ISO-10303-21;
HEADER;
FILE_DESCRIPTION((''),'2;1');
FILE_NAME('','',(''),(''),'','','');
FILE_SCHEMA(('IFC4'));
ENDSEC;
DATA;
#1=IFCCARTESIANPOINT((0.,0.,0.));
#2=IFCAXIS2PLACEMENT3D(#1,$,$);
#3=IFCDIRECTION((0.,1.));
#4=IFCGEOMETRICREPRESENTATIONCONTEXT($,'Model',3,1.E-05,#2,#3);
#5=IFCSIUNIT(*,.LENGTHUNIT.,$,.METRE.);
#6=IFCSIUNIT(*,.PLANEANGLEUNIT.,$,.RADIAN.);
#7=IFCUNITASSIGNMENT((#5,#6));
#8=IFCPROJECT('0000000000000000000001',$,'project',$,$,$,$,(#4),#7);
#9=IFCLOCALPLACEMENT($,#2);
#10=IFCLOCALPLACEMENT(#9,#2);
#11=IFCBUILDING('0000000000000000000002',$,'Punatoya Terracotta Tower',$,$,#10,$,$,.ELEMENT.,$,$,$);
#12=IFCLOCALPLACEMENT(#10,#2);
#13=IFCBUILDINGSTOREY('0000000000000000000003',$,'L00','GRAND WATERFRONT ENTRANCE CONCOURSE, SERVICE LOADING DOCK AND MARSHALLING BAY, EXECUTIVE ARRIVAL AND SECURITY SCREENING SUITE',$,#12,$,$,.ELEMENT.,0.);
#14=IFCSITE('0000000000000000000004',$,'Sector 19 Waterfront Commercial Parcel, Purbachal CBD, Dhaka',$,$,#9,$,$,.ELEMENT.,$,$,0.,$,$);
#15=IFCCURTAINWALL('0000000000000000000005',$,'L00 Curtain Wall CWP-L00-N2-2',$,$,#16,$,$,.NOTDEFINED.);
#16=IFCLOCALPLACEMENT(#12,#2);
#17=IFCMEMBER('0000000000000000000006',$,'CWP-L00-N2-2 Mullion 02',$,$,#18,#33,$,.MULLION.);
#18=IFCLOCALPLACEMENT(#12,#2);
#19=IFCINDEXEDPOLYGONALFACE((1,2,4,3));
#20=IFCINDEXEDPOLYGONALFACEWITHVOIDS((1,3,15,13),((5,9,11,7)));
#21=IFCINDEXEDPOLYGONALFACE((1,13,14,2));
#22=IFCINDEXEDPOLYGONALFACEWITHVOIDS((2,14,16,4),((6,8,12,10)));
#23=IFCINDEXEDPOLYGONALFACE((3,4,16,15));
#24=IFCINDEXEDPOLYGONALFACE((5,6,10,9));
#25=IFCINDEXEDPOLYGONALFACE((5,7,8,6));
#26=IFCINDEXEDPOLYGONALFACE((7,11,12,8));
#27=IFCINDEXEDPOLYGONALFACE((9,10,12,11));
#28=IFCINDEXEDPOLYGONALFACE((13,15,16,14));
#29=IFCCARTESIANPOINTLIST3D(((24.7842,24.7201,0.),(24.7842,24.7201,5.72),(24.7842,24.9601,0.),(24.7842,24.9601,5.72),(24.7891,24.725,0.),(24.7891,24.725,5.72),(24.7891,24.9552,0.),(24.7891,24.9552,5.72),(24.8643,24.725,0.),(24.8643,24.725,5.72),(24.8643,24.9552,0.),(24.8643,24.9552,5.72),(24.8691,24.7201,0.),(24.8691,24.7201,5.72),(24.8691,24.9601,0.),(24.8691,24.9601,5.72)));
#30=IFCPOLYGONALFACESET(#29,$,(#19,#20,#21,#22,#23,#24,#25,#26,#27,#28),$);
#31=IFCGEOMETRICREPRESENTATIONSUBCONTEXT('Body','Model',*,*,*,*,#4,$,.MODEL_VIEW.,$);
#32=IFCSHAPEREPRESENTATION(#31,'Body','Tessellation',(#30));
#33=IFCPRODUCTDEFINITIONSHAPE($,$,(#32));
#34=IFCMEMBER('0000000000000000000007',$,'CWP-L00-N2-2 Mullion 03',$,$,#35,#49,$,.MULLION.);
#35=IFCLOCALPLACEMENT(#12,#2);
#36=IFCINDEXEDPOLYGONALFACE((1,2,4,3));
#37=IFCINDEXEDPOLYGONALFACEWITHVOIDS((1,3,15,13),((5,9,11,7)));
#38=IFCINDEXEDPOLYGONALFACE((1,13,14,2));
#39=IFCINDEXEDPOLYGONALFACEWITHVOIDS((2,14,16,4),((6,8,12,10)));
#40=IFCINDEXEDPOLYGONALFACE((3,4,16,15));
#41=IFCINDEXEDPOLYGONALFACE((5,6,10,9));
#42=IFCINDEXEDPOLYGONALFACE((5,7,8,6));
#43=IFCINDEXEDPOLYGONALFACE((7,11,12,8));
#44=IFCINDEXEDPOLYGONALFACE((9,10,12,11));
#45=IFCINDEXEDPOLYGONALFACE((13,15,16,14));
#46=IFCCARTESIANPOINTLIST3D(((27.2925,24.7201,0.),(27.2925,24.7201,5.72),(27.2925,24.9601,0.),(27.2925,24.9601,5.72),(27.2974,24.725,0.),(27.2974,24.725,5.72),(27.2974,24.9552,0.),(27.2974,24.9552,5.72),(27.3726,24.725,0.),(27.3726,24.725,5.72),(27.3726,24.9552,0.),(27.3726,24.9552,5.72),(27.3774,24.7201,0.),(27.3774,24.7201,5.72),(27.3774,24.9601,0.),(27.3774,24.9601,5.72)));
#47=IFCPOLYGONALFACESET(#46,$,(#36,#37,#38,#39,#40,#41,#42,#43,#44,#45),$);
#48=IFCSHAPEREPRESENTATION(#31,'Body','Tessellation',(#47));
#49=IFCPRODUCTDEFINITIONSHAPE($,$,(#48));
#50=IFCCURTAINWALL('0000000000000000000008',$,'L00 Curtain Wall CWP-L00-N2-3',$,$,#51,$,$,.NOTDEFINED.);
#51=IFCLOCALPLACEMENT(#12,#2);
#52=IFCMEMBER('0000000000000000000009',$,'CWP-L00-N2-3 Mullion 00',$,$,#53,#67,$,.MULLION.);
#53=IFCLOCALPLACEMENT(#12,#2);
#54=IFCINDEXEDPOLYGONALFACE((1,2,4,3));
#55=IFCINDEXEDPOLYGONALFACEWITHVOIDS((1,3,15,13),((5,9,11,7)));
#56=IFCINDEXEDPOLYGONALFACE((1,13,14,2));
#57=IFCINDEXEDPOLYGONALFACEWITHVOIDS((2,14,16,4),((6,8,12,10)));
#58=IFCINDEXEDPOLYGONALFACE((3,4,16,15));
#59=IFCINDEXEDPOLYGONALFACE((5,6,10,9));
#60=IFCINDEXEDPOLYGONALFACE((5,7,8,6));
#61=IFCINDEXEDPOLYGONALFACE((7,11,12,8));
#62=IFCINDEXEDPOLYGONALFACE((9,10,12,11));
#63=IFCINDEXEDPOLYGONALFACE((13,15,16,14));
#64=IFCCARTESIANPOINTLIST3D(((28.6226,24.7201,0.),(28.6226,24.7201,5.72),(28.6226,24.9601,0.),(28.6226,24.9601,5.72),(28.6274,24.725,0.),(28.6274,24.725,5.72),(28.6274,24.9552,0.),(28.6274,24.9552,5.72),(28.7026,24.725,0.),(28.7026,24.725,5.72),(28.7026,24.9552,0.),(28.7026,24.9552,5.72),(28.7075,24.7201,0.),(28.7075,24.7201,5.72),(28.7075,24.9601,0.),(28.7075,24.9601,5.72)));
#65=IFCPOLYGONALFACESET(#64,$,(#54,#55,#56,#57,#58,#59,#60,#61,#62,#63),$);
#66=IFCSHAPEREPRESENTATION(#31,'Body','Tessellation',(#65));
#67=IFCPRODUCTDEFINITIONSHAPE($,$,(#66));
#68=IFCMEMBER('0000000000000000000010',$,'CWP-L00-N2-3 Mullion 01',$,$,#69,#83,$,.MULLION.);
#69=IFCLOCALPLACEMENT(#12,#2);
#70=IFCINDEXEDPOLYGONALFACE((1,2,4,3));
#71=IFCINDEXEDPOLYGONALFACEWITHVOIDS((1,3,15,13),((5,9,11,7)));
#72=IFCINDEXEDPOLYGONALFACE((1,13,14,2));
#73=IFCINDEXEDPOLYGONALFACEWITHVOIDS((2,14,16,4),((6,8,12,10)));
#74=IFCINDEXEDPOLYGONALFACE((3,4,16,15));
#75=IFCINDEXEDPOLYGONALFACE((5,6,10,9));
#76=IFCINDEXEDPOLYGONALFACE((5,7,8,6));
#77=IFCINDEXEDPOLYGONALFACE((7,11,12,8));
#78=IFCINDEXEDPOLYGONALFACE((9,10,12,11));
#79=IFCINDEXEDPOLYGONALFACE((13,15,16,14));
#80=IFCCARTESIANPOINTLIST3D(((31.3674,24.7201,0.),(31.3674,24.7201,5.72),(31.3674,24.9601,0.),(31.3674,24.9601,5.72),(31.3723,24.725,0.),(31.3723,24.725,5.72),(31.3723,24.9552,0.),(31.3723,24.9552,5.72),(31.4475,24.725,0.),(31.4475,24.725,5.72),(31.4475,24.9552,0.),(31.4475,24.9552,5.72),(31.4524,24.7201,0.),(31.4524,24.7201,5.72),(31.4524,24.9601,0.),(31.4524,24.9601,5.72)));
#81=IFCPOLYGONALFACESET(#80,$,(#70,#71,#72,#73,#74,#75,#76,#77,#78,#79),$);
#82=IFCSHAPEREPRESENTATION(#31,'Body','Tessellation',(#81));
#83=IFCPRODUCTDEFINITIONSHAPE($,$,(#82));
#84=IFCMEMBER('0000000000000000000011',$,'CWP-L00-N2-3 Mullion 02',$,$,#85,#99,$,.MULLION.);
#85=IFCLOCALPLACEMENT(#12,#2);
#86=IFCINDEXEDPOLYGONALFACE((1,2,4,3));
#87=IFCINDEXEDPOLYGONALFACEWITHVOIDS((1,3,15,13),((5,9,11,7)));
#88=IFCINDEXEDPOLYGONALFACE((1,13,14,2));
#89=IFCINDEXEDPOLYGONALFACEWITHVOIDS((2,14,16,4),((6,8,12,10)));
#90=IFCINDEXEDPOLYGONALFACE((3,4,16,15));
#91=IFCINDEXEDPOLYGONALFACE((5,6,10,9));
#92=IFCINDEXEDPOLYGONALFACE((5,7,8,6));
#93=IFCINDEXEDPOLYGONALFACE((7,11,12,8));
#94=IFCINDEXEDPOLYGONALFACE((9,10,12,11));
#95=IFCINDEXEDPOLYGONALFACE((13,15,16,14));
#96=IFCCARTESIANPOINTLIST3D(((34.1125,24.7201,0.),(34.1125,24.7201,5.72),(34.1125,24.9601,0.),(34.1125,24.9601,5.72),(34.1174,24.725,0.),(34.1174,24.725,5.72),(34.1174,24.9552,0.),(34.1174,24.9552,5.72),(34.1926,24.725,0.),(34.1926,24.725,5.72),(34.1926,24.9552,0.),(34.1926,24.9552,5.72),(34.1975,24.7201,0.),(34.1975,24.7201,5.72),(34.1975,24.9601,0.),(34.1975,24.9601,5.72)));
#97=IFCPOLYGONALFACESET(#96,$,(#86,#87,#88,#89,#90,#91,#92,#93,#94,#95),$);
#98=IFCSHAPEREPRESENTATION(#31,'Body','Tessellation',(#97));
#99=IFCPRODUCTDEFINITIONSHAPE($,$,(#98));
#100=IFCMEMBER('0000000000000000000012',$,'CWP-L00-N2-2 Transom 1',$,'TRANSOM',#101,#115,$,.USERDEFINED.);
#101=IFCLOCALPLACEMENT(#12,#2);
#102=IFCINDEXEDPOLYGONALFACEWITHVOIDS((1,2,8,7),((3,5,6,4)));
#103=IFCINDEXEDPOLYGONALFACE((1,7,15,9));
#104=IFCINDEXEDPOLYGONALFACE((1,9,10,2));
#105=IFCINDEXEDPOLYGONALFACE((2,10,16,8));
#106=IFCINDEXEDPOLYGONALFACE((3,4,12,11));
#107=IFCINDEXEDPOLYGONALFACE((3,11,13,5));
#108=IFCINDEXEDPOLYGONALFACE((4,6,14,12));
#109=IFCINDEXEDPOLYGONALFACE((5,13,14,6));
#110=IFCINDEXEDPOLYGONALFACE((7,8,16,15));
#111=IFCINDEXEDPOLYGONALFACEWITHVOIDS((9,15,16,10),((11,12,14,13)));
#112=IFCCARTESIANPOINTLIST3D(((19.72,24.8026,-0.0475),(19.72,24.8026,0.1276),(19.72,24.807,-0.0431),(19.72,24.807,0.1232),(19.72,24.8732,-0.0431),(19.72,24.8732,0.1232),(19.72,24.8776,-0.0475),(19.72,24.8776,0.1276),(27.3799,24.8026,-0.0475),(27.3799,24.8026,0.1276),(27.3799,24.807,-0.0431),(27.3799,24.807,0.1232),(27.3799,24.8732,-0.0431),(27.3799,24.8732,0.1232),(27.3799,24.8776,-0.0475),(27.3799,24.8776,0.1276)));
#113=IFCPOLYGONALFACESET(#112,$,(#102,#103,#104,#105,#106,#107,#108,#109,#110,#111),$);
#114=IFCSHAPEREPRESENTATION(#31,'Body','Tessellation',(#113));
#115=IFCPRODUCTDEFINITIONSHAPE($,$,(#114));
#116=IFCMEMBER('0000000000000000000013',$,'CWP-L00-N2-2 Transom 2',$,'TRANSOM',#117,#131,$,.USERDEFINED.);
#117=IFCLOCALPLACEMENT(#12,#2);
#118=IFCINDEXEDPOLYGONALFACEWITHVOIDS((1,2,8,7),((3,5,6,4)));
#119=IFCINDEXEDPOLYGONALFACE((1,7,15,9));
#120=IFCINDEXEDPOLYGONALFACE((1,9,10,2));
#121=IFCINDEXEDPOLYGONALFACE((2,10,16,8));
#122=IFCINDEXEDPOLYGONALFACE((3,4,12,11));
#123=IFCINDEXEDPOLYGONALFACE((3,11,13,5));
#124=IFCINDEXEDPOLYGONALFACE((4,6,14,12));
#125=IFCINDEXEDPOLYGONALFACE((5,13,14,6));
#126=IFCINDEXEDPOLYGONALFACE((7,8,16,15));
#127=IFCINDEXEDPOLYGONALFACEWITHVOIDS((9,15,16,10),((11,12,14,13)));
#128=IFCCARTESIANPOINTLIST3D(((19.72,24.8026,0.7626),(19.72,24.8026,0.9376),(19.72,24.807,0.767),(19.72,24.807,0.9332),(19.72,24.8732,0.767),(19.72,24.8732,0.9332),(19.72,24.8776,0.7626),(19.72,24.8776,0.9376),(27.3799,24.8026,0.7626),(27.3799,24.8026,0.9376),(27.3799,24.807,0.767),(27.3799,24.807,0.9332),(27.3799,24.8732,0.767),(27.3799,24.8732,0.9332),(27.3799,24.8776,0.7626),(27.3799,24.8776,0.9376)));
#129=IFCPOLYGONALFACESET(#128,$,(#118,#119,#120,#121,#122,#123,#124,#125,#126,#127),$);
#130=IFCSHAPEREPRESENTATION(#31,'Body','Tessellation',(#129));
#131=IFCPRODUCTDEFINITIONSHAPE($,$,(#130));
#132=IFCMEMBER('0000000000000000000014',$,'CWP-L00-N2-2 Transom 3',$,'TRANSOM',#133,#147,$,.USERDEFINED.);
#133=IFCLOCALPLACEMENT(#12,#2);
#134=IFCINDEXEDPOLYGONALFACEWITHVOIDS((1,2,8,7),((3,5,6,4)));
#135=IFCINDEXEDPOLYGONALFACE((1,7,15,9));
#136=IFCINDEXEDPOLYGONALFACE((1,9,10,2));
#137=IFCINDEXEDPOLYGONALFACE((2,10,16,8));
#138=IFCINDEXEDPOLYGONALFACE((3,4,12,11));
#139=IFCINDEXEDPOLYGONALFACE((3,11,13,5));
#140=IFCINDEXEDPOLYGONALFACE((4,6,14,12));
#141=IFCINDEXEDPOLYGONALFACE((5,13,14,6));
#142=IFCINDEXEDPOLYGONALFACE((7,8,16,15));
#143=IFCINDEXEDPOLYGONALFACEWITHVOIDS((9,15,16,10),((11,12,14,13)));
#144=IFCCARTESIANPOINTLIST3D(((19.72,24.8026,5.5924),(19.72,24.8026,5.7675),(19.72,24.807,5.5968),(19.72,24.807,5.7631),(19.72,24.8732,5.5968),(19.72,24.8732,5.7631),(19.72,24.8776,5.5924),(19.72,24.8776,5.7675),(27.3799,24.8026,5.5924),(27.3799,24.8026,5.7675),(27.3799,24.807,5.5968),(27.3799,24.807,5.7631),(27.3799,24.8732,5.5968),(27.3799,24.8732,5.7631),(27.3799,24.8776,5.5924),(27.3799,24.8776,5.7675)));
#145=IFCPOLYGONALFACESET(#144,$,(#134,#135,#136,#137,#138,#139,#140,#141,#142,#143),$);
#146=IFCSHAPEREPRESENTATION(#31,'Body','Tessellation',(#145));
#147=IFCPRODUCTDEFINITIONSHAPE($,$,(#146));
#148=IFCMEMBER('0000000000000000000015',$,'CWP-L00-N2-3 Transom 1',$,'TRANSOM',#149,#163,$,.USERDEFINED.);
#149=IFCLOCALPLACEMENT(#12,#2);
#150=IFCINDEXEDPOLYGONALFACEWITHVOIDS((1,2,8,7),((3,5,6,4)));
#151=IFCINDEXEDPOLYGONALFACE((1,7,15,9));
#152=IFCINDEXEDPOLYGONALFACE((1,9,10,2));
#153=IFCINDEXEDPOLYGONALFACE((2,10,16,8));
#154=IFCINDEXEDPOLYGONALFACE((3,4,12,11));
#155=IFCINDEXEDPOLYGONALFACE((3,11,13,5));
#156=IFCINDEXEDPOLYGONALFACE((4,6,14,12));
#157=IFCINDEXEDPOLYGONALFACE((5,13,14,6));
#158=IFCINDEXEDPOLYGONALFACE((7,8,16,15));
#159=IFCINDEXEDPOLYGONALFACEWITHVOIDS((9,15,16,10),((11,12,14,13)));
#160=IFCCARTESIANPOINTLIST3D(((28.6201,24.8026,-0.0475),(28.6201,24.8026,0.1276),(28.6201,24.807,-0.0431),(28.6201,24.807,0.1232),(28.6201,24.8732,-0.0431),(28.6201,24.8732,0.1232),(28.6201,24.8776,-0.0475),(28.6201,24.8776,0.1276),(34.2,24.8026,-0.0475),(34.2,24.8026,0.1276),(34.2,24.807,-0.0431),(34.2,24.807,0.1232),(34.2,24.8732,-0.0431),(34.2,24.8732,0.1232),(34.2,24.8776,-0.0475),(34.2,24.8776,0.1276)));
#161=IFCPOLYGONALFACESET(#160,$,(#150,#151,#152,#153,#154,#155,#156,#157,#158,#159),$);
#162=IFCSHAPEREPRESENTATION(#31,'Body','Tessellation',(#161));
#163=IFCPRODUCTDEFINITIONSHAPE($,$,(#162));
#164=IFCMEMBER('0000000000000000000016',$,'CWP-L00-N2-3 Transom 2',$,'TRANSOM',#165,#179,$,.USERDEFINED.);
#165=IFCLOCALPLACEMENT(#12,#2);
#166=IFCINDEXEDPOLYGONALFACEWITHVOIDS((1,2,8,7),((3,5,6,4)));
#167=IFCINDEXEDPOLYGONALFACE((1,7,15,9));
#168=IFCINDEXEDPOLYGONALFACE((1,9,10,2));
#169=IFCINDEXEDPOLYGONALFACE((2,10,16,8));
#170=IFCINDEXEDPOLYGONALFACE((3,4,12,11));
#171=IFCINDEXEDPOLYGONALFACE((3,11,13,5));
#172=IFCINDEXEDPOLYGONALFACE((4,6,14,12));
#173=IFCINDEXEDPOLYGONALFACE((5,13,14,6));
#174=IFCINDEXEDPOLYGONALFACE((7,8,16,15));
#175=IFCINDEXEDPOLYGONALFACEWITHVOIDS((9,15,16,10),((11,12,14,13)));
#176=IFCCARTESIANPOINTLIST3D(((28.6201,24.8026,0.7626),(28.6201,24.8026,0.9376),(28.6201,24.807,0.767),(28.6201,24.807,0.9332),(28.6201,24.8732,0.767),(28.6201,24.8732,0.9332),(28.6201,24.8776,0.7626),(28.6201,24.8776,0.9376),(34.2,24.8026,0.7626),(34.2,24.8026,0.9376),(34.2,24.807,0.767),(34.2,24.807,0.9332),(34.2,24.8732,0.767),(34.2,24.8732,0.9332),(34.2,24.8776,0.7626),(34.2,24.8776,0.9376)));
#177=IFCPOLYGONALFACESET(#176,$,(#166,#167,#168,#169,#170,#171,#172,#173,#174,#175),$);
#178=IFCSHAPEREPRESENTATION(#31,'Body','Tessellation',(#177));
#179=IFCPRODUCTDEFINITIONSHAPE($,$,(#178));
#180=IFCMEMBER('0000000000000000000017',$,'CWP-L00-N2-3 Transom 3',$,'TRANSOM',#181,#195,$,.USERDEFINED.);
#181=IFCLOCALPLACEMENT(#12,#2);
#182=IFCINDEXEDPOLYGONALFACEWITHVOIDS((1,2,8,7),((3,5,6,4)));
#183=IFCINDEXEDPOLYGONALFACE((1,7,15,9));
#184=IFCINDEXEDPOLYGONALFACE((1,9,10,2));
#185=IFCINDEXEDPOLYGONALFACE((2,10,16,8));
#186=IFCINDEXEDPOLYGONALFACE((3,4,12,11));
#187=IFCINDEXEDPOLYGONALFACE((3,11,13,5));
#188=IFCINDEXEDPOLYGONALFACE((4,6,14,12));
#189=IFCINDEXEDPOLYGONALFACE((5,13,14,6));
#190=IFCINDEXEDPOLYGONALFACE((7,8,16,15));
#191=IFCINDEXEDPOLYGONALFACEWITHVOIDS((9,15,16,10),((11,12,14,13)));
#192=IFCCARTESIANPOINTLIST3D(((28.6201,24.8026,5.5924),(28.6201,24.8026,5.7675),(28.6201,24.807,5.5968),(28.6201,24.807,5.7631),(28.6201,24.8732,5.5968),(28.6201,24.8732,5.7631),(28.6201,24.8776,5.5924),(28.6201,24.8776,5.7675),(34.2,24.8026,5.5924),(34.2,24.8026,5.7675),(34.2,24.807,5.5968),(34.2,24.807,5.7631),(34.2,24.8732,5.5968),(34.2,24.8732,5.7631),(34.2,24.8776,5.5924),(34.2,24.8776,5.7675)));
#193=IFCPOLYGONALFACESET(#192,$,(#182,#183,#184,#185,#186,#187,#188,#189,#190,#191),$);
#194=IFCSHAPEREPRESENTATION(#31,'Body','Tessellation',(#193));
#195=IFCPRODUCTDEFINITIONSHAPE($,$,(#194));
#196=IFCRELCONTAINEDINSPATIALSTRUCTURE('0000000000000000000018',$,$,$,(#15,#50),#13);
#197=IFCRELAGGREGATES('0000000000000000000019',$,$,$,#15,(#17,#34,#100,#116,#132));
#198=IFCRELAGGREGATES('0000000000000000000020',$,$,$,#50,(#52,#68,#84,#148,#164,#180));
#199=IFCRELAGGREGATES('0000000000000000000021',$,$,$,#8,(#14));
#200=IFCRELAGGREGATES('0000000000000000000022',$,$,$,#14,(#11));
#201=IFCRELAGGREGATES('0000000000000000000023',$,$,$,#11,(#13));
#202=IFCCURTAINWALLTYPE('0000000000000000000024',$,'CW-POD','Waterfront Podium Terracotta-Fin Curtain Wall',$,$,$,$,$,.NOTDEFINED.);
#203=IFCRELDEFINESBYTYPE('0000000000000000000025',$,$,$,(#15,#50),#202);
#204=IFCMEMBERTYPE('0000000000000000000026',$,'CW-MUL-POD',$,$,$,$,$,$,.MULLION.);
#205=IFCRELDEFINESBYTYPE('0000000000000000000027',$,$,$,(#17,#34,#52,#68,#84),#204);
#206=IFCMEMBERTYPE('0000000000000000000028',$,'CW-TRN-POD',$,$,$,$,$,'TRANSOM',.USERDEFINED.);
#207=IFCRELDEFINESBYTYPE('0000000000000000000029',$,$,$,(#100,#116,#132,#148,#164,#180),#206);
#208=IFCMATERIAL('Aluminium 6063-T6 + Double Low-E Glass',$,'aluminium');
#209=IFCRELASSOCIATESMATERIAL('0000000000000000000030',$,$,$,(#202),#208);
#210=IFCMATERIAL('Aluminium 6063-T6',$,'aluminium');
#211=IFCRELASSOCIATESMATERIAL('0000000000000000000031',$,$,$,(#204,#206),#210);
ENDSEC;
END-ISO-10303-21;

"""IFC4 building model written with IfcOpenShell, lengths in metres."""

from ifc_helpers import new_model, si_unit, direction, frame, origin, origin_2d, place, context, subcontext, project, spatial, hollow_rectangle, extrude, material, material_profile, profile_set, type_object, element, aggregate, save


model = new_model("IFC4")

# Units and contexts
model_context = context("Model", 3, precision=1e-05, world=origin(), true_north=direction((0.0, 1.0)))
body_context = subcontext(model_context, "Body", "Model", "MODEL_VIEW")
ifc_project = project(units=[si_unit("LENGTHUNIT", "METRE"), si_unit("PLANEANGLEUNIT", "RADIAN")], contexts=[model_context])

# Site, building, storey
site_placement = place(None, origin())
site = spatial("IfcSite", under=ifc_project, at=site_placement, Name="Sector 19 Waterfront Commercial Parcel, Purbachal CBD, Dhaka", CompositionType="ELEMENT", RefElevation=0.0)
building_placement = place(site_placement, origin())
building = spatial("IfcBuilding", under=site, at=building_placement, Name="Punatoya Terracotta Tower", CompositionType="ELEMENT")
storey_placement = place(building_placement, origin())
storey = spatial("IfcBuildingStorey", under=building, at=storey_placement, Name="L00", Description="GRAND WATERFRONT ENTRANCE CONCOURSE, SERVICE LOADING DOCK AND MARSHALLING BAY, EXECUTIVE ARRIVAL AND SECURITY SCREENING SUITE", CompositionType="ELEMENT", Elevation=0.0)

# Curtain walls, members
ifc_material_1 = material(Name="Aluminium 6063-T6 + Double Low-E Glass", Category="aluminium")
curtain_wall_type = type_object("IfcCurtainWallType", Name="CW-POD", Description="Waterfront Podium Terracotta-Fin Curtain Wall", PredefinedType="NOTDEFINED", material=ifc_material_1)
curtain_wall_1_placement = place(storey_placement, origin())
curtain_wall_1 = element("IfcCurtainWall", 1, at=curtain_wall_1_placement, inside=storey, type_object=curtain_wall_type, Name="L00 Curtain Wall CWP-L00-N2-2", PredefinedType="NOTDEFINED")
ifc_material_2 = material(Name="Aluminium 6063-T6", Category="aluminium")
ifc_material_profile_1 = material_profile(ifc_material_2, hollow_rectangle(XDim=0.085, YDim=0.24, WallThickness=0.0049, at=origin_2d()))
ifc_profile_set_1 = profile_set([ifc_material_profile_1], Name="Aluminium 6063-T6")
member_type_1 = type_object("IfcMemberType", Name="CW-MUL-POD", PredefinedType="MULLION", material=ifc_profile_set_1)
member_1_placement = place(storey_placement, frame((24.8267, 24.8401, 0.0), z_axis=(0.0, 0.0, 1.0), x_axis=(1.0, 0.0, 0.0)))
member_1 = element("IfcMember", 2, at=member_1_placement, type_object=member_type_1, Name="CWP-L00-N2-2 Mullion 02", PredefinedType="MULLION", context=body_context, shape_type="SweptSolid", body=[
    extrude(hollow_rectangle(XDim=0.085, YDim=0.24, WallThickness=0.0049, at=origin_2d()), origin(), (0.0, 0.0, 1.0), 5.72),
])
member_2_placement = place(storey_placement, frame((27.335, 24.8401, 0.0), z_axis=(0.0, 0.0, 1.0), x_axis=(1.0, 0.0, 0.0)))
member_2 = element("IfcMember", 3, at=member_2_placement, type_object=member_type_1, Name="CWP-L00-N2-2 Mullion 03", PredefinedType="MULLION", context=body_context, shape_type="SweptSolid", body=[
    extrude(hollow_rectangle(XDim=0.085, YDim=0.24, WallThickness=0.0049, at=origin_2d()), origin(), (0.0, 0.0, 1.0), 5.72),
])
curtain_wall_2_placement = place(storey_placement, origin())
curtain_wall_2 = element("IfcCurtainWall", 4, at=curtain_wall_2_placement, inside=storey, type_object=curtain_wall_type, Name="L00 Curtain Wall CWP-L00-N2-3", PredefinedType="NOTDEFINED")
member_3_placement = place(storey_placement, frame((28.665, 24.8401, 0.0), z_axis=(0.0, 0.0, 1.0), x_axis=(1.0, 0.0, 0.0)))
member_3 = element("IfcMember", 5, at=member_3_placement, type_object=member_type_1, Name="CWP-L00-N2-3 Mullion 00", PredefinedType="MULLION", context=body_context, shape_type="SweptSolid", body=[
    extrude(hollow_rectangle(XDim=0.085, YDim=0.24, WallThickness=0.0049, at=origin_2d()), origin(), (0.0, 0.0, 1.0), 5.72),
])
member_4_placement = place(storey_placement, frame((31.4099, 24.8401, 0.0), z_axis=(0.0, 0.0, 1.0), x_axis=(1.0, 0.0, 0.0)))
member_4 = element("IfcMember", 6, at=member_4_placement, type_object=member_type_1, Name="CWP-L00-N2-3 Mullion 01", PredefinedType="MULLION", context=body_context, shape_type="SweptSolid", body=[
    extrude(hollow_rectangle(XDim=0.085, YDim=0.24, WallThickness=0.0049, at=origin_2d()), origin(), (0.0, 0.0, 1.0), 5.72),
])
member_5_placement = place(storey_placement, frame((34.155, 24.8401, 0.0), z_axis=(0.0, 0.0, 1.0), x_axis=(1.0, 0.0, 0.0)))
member_5 = element("IfcMember", 7, at=member_5_placement, type_object=member_type_1, Name="CWP-L00-N2-3 Mullion 02", PredefinedType="MULLION", context=body_context, shape_type="SweptSolid", body=[
    extrude(hollow_rectangle(XDim=0.085, YDim=0.24, WallThickness=0.0049, at=origin_2d()), origin(), (0.0, 0.0, 1.0), 5.72),
])

# Members
ifc_material_profile_2 = material_profile(ifc_material_2, hollow_rectangle(XDim=0.075, YDim=0.175, WallThickness=0.0044, at=origin_2d()))
ifc_profile_set_2 = profile_set([ifc_material_profile_2], Name="Aluminium 6063-T6")
member_type_2 = type_object("IfcMemberType", Name="CW-TRN-POD", ElementType="TRANSOM", PredefinedType="USERDEFINED", material=ifc_profile_set_2)
member_6_placement = place(storey_placement, frame((19.72, 24.8401, 0.04), z_axis=(1.0, 0.0, 0.0), x_axis=(0.0, 1.0, 0.0)))
member_6 = element("IfcMember", 8, at=member_6_placement, type_object=member_type_2, Name="CWP-L00-N2-2 Transom 1", ObjectType="TRANSOM", PredefinedType="USERDEFINED", context=body_context, shape_type="SweptSolid", body=[
    extrude(hollow_rectangle(XDim=0.075, YDim=0.175, WallThickness=0.0044, at=origin_2d()), origin(), (0.0, 0.0, 1.0), 7.6599),
])
member_7_placement = place(storey_placement, frame((19.72, 24.8401, 0.8501), z_axis=(1.0, 0.0, 0.0), x_axis=(0.0, 1.0, 0.0)))
member_7 = element("IfcMember", 9, at=member_7_placement, type_object=member_type_2, Name="CWP-L00-N2-2 Transom 2", ObjectType="TRANSOM", PredefinedType="USERDEFINED", context=body_context, shape_type="SweptSolid", body=[
    extrude(hollow_rectangle(XDim=0.075, YDim=0.175, WallThickness=0.0044, at=origin_2d()), origin(), (0.0, 0.0, 1.0), 7.6599),
])
member_8_placement = place(storey_placement, frame((19.72, 24.8401, 5.6799), z_axis=(1.0, 0.0, 0.0), x_axis=(0.0, 1.0, 0.0)))
member_8 = element("IfcMember", 10, at=member_8_placement, type_object=member_type_2, Name="CWP-L00-N2-2 Transom 3", ObjectType="TRANSOM", PredefinedType="USERDEFINED", context=body_context, shape_type="SweptSolid", body=[
    extrude(hollow_rectangle(XDim=0.075, YDim=0.175, WallThickness=0.0044, at=origin_2d()), origin(), (0.0, 0.0, 1.0), 7.6599),
])
member_9_placement = place(storey_placement, frame((28.6201, 24.8401, 0.04), z_axis=(1.0, 0.0, 0.0), x_axis=(0.0, 1.0, 0.0)))
member_9 = element("IfcMember", 11, at=member_9_placement, type_object=member_type_2, Name="CWP-L00-N2-3 Transom 1", ObjectType="TRANSOM", PredefinedType="USERDEFINED", context=body_context, shape_type="SweptSolid", body=[
    extrude(hollow_rectangle(XDim=0.075, YDim=0.175, WallThickness=0.0044, at=origin_2d()), origin(), (0.0, 0.0, 1.0), 5.5798),
])
member_10_placement = place(storey_placement, frame((28.6201, 24.8401, 0.8501), z_axis=(1.0, 0.0, 0.0), x_axis=(0.0, 1.0, 0.0)))
member_10 = element("IfcMember", 12, at=member_10_placement, type_object=member_type_2, Name="CWP-L00-N2-3 Transom 2", ObjectType="TRANSOM", PredefinedType="USERDEFINED", context=body_context, shape_type="SweptSolid", body=[
    extrude(hollow_rectangle(XDim=0.075, YDim=0.175, WallThickness=0.0044, at=origin_2d()), origin(), (0.0, 0.0, 1.0), 5.5798),
])
member_11_placement = place(storey_placement, frame((28.6201, 24.8401, 5.6799), z_axis=(1.0, 0.0, 0.0), x_axis=(0.0, 1.0, 0.0)))
member_11 = element("IfcMember", 13, at=member_11_placement, type_object=member_type_2, Name="CWP-L00-N2-3 Transom 3", ObjectType="TRANSOM", PredefinedType="USERDEFINED", context=body_context, shape_type="SweptSolid", body=[
    extrude(hollow_rectangle(XDim=0.075, YDim=0.175, WallThickness=0.0044, at=origin_2d()), origin(), (0.0, 0.0, 1.0), 5.5798),
])

aggregate(curtain_wall_1, [member_1, member_2, member_6, member_7, member_8])
aggregate(curtain_wall_2, [member_3, member_4, member_5, member_9, member_10, member_11])

save(model, "model.ifc")
